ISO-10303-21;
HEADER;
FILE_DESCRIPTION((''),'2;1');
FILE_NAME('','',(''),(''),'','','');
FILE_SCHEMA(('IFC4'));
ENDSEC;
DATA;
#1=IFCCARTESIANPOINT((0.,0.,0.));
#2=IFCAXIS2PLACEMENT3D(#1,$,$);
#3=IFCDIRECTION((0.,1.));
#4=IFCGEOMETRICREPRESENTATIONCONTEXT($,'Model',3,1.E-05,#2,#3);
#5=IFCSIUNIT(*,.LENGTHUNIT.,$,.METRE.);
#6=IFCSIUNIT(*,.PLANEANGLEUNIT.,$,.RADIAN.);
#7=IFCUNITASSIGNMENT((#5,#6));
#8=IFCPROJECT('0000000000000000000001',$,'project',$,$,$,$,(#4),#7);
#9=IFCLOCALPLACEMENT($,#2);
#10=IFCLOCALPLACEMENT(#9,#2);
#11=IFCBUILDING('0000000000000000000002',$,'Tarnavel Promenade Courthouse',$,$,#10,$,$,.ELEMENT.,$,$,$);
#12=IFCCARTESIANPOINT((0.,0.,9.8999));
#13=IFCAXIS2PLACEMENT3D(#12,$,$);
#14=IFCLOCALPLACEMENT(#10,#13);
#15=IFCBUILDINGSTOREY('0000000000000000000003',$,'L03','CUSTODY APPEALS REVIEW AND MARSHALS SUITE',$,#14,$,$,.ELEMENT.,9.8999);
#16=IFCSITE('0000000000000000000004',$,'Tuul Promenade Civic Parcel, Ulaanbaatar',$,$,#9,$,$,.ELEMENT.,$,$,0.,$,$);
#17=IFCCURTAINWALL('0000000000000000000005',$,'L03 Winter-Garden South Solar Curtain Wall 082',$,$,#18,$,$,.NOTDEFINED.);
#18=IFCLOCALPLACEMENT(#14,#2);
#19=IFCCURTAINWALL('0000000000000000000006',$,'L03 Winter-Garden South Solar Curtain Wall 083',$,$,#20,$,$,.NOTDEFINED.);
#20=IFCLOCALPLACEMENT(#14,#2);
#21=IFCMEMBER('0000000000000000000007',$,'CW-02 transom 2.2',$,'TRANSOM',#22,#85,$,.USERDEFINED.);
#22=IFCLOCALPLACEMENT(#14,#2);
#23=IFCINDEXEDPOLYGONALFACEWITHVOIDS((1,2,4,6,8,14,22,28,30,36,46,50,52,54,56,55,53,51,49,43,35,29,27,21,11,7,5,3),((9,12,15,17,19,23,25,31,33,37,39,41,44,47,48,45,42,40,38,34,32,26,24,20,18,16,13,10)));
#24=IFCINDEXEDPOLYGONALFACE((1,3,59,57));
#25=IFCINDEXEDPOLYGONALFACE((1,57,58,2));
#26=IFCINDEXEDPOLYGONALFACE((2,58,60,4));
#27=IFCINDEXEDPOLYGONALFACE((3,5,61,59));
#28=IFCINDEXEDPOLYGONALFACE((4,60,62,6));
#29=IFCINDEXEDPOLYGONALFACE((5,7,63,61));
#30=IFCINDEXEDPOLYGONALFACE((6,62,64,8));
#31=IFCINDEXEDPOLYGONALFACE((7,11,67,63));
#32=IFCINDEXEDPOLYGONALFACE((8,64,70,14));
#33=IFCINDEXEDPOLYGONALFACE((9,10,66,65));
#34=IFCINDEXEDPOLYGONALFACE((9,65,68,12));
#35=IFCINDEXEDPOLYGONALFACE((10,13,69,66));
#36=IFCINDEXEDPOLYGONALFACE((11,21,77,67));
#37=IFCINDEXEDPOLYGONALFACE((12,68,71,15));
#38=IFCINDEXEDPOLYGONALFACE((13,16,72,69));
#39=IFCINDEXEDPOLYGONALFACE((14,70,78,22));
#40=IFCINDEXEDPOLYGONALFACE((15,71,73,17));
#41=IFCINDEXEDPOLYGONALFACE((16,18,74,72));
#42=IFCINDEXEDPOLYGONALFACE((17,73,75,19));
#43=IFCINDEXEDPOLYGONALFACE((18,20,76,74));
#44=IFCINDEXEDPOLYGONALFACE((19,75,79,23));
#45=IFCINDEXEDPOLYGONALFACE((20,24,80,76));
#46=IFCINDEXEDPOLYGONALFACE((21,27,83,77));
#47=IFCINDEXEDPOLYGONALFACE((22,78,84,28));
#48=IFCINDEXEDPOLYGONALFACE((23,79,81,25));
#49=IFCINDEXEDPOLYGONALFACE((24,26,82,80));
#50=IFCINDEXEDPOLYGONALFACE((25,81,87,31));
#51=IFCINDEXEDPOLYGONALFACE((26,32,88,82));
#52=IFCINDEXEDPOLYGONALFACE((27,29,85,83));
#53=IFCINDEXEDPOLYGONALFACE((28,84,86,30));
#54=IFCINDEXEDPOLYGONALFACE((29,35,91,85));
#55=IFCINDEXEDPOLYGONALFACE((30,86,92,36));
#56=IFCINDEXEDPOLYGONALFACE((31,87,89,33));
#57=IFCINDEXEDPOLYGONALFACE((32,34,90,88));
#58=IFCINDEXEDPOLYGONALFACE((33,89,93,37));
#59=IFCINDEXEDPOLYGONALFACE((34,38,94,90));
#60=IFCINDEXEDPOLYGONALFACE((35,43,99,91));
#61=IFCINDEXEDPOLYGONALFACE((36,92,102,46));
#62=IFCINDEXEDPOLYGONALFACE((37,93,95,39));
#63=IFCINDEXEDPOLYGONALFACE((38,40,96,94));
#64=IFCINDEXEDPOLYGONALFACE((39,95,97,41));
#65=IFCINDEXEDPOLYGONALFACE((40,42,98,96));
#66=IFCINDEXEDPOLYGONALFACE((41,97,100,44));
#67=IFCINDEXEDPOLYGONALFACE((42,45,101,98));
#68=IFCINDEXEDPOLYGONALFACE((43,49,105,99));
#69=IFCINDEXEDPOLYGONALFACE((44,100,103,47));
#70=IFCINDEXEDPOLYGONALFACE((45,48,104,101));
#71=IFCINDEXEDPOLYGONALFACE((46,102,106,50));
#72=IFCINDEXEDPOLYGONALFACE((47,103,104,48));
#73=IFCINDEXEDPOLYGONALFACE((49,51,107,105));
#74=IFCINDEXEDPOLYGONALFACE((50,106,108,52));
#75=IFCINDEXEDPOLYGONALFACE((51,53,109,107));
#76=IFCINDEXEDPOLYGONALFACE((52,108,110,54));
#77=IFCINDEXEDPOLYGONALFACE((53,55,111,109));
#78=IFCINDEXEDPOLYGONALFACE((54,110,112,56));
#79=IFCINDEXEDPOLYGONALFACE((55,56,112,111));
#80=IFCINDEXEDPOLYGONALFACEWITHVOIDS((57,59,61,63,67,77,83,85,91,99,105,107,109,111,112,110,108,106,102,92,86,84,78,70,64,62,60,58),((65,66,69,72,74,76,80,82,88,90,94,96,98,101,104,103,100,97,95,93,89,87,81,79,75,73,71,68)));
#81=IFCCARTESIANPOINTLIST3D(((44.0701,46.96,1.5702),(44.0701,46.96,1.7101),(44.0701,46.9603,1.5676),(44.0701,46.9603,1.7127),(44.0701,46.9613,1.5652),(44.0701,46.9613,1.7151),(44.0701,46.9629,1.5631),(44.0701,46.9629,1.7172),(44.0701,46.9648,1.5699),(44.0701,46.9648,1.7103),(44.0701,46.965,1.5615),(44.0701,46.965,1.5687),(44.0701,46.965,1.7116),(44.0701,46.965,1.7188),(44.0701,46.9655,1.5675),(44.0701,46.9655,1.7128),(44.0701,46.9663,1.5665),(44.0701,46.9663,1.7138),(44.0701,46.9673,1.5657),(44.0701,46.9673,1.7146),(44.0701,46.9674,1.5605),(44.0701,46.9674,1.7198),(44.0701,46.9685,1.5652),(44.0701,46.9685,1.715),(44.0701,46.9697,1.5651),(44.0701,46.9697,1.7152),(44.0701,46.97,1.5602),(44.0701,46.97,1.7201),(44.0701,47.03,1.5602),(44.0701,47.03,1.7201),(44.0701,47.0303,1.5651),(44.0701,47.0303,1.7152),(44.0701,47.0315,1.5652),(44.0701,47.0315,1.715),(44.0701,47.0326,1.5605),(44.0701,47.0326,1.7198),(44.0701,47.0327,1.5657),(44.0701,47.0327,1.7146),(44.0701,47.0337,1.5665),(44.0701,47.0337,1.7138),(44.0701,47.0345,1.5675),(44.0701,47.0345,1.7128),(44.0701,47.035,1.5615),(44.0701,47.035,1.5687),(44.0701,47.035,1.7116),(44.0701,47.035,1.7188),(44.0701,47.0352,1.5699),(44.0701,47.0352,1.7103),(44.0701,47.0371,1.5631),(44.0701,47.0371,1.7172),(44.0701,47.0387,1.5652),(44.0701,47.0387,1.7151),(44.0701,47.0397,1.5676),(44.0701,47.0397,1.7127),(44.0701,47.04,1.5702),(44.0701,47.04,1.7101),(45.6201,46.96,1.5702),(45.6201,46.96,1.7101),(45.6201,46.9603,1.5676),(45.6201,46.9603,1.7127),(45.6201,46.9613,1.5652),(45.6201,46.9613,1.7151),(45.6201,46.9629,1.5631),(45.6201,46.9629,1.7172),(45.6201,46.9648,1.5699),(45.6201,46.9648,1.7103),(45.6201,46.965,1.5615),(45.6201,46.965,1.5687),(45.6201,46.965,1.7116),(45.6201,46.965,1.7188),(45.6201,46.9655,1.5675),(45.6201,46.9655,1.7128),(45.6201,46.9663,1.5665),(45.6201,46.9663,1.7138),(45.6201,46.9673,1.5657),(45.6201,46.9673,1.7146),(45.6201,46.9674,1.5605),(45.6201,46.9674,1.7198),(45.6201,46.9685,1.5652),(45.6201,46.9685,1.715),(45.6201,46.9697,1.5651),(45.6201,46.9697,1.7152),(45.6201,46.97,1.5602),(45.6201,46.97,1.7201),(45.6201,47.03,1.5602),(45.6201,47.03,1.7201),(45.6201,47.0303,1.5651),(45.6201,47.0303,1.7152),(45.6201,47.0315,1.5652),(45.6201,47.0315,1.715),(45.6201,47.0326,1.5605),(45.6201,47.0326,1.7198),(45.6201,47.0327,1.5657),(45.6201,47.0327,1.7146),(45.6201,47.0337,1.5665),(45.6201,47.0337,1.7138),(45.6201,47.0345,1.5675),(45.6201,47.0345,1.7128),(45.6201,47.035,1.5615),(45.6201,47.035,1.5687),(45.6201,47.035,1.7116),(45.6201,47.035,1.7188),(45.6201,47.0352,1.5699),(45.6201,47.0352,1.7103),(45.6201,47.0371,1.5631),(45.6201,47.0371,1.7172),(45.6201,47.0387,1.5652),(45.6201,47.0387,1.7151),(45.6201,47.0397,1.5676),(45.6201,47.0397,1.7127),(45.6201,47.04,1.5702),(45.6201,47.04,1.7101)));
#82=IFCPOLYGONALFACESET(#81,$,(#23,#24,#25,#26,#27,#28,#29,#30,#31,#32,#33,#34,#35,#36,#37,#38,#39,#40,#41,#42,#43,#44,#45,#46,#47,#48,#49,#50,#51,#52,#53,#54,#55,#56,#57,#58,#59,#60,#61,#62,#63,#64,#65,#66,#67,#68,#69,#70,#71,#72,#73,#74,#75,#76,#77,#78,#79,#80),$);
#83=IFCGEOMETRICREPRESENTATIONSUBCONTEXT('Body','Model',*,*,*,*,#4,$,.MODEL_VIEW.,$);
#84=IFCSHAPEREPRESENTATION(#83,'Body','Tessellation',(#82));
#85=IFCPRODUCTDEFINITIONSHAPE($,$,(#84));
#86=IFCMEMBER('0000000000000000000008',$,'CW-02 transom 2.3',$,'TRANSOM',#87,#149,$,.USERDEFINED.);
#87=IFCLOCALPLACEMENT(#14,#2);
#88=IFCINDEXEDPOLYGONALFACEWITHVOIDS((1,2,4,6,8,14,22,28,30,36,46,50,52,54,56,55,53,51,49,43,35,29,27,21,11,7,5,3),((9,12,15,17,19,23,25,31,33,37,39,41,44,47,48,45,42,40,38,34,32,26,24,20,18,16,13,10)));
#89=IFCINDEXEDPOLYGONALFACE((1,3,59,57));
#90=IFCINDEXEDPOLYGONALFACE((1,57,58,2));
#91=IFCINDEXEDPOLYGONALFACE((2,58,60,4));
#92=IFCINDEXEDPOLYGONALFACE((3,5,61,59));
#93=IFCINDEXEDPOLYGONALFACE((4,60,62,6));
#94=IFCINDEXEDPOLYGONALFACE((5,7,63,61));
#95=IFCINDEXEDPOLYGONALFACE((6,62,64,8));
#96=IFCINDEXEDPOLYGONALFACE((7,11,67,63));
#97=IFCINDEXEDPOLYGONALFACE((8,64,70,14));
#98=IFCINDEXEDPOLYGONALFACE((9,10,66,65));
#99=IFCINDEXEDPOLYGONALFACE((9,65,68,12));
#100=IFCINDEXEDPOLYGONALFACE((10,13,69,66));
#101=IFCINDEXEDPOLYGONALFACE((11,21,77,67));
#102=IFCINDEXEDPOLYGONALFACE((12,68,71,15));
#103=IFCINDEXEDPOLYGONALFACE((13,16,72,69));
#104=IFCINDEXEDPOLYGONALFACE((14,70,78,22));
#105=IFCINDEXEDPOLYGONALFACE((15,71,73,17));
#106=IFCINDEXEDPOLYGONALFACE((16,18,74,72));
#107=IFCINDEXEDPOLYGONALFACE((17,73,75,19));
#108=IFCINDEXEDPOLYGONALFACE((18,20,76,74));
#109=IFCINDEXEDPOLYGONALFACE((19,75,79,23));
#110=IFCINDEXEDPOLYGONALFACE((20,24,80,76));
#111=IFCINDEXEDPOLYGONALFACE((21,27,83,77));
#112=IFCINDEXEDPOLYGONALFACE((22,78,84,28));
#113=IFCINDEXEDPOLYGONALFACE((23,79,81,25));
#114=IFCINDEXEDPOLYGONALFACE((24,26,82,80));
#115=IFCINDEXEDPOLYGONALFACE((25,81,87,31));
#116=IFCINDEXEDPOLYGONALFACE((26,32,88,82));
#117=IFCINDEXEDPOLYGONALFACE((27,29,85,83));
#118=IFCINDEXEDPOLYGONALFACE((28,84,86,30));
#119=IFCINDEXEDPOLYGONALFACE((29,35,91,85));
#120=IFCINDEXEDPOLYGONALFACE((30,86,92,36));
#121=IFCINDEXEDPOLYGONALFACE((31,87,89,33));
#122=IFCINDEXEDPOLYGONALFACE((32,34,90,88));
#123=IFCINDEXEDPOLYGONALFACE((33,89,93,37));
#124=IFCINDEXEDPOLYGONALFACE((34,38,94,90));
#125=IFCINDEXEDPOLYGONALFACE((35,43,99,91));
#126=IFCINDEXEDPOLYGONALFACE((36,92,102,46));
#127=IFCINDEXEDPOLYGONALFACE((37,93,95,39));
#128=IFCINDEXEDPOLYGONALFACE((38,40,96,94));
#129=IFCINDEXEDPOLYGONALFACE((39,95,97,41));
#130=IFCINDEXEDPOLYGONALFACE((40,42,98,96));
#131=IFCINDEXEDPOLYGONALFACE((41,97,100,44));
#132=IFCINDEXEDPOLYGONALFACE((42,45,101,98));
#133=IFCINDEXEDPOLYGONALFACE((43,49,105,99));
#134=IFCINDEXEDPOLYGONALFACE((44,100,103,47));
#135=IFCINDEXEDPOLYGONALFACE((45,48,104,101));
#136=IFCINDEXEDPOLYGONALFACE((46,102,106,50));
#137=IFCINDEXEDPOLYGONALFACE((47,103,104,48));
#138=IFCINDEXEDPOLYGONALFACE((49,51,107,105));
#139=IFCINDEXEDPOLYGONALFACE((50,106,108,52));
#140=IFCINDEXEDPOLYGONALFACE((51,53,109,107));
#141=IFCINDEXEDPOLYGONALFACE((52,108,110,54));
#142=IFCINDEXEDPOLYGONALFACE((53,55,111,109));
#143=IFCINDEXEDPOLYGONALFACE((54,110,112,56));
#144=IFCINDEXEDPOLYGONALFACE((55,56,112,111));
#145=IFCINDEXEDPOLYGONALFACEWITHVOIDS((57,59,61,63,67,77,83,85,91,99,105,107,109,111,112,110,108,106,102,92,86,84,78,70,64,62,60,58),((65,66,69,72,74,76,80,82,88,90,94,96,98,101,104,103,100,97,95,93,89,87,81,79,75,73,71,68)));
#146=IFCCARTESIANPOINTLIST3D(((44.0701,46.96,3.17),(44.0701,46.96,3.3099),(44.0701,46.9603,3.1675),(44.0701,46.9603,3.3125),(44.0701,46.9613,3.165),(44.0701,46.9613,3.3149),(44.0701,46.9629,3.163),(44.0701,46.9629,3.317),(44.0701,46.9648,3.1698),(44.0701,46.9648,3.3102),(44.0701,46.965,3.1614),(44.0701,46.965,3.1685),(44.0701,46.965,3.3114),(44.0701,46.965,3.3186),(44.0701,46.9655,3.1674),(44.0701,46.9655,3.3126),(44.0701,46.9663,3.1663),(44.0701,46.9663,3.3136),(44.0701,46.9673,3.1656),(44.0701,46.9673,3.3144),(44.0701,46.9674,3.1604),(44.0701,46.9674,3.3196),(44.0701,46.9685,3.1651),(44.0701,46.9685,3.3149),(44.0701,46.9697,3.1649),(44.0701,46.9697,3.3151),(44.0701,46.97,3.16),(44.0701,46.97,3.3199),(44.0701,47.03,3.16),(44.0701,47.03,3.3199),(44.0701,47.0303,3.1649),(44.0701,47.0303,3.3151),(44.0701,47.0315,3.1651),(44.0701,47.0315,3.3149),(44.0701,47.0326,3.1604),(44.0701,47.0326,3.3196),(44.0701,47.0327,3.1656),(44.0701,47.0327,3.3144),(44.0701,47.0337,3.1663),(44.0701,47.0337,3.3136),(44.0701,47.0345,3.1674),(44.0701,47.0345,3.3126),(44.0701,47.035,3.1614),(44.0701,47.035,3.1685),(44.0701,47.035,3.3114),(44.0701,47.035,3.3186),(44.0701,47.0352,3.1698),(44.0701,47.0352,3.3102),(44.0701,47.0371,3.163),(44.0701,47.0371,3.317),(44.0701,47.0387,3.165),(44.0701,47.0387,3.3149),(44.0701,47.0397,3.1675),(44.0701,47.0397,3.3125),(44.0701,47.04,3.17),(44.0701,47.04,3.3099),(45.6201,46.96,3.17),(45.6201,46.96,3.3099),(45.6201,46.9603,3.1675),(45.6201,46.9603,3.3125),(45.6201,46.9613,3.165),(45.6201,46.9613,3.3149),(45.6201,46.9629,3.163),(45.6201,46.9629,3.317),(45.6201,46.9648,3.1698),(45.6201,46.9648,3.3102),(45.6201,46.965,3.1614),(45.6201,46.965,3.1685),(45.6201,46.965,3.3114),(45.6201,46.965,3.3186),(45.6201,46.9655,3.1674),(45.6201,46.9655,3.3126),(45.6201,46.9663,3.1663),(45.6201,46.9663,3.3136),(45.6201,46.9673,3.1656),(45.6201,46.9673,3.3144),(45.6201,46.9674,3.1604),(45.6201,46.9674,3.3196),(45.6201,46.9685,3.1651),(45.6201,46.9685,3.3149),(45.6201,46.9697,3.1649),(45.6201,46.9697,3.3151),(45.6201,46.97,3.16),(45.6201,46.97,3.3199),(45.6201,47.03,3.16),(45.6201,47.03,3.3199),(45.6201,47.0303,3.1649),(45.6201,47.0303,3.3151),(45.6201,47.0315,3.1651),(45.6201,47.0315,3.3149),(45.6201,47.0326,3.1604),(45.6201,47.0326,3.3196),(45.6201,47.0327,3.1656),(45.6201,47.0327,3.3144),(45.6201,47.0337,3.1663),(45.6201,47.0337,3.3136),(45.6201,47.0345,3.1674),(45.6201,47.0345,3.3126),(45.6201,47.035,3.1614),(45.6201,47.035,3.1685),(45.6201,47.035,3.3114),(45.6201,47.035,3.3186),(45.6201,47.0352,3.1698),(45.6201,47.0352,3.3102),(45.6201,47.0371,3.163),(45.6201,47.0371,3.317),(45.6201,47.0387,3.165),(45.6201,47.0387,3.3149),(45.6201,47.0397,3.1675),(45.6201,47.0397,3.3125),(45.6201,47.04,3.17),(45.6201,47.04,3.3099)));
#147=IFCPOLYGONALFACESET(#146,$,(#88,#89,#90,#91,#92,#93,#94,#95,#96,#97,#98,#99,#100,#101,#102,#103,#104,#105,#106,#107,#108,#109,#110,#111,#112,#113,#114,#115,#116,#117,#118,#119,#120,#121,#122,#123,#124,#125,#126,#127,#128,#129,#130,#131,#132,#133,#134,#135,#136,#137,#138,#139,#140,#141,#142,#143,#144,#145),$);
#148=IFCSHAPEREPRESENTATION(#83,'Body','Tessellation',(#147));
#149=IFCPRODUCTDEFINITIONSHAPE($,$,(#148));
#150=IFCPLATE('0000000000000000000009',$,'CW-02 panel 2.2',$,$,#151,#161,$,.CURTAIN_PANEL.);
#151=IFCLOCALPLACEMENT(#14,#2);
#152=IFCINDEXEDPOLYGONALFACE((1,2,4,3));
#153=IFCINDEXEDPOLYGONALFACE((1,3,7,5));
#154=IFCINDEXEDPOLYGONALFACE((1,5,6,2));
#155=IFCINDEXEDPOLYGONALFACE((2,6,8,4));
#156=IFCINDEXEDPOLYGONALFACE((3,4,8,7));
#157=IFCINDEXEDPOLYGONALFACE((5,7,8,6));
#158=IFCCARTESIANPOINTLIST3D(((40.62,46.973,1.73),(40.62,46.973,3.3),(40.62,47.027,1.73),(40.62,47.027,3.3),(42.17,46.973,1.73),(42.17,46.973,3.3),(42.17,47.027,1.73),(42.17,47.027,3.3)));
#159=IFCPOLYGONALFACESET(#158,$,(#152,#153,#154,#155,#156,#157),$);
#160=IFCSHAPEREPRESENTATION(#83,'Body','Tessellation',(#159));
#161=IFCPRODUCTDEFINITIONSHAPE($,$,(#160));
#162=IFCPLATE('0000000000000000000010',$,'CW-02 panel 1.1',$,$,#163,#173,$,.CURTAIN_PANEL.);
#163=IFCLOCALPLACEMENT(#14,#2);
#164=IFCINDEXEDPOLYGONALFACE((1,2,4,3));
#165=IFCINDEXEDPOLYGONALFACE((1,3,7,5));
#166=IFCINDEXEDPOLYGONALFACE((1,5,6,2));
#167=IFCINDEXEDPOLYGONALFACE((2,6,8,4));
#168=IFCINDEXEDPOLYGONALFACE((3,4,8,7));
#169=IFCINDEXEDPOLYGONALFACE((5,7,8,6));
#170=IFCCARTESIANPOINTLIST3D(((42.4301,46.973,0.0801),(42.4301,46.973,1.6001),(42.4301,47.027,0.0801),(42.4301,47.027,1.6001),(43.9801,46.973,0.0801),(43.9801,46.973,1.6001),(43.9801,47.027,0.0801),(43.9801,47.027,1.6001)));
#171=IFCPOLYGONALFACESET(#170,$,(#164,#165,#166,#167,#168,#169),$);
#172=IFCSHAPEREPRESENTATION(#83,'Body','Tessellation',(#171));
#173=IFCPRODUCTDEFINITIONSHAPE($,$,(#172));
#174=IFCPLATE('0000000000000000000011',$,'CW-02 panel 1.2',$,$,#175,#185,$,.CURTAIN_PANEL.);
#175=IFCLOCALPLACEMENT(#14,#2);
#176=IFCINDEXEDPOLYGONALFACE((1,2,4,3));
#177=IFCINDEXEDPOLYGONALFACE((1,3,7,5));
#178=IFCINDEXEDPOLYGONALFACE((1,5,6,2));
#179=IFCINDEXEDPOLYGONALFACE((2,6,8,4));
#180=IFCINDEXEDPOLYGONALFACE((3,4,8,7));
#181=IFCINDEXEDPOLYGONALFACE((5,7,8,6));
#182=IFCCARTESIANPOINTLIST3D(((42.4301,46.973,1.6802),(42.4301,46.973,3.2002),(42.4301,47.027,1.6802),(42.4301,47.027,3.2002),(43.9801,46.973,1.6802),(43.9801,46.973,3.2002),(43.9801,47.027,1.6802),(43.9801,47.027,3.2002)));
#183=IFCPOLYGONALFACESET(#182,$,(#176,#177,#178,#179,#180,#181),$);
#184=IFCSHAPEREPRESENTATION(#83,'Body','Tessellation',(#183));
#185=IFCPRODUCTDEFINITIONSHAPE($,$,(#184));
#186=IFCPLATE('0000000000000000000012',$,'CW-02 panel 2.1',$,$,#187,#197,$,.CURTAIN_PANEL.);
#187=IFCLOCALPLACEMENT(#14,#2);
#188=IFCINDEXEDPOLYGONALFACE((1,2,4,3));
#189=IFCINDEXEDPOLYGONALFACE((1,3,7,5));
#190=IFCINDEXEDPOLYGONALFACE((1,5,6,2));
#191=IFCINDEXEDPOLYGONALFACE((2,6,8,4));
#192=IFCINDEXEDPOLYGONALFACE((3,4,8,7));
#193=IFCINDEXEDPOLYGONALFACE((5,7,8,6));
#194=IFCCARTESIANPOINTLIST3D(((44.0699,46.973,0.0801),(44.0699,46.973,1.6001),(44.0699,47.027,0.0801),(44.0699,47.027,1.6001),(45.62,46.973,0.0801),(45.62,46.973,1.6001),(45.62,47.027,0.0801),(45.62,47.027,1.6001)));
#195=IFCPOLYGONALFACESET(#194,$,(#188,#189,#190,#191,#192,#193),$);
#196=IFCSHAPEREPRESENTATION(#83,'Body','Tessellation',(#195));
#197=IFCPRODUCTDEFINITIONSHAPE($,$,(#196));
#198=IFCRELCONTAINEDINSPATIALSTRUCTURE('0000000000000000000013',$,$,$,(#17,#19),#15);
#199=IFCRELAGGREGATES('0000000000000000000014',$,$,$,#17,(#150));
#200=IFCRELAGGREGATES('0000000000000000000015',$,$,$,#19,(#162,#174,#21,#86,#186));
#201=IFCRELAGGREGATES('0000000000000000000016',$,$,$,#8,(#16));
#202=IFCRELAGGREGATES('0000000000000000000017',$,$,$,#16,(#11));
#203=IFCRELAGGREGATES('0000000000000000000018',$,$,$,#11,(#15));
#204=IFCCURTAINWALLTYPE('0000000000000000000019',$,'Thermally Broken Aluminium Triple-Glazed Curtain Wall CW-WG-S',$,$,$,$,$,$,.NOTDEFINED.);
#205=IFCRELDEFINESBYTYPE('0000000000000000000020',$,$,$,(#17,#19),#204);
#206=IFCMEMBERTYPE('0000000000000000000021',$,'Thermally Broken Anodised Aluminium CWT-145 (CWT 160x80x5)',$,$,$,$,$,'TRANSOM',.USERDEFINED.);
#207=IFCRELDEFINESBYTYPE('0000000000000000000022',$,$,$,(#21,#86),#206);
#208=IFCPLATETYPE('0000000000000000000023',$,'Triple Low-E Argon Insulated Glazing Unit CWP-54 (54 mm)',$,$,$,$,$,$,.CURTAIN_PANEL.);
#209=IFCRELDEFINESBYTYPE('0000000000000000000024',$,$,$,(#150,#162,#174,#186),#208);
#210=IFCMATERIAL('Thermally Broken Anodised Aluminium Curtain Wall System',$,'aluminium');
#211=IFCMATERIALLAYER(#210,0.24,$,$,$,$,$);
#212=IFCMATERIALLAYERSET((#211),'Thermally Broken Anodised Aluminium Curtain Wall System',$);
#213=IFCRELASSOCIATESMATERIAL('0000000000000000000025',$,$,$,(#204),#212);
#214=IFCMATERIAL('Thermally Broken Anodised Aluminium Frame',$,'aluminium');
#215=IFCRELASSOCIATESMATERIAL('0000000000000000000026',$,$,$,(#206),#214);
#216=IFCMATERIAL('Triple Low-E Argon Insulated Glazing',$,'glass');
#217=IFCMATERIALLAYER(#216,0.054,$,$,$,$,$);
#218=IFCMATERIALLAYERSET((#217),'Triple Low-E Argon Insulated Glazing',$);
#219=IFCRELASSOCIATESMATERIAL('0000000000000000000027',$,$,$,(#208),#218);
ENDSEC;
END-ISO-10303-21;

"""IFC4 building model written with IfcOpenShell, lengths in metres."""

from ifc_helpers import new_model, si_unit, direction, frame, origin, origin_2d, place, context, subcontext, project, spatial, rectangle, hollow_rectangle, extrude, material, layer, layer_set, material_profile, profile_set, type_object, element, aggregate, save


model = new_model("IFC4")

# Units and contexts
model_context = context("Model", 3, precision=1e-05, world=origin(), true_north=direction((0.0, 1.0)))
body_context = subcontext(model_context, "Body", "Model", "MODEL_VIEW")
ifc_project = project(units=[si_unit("LENGTHUNIT", "METRE"), si_unit("PLANEANGLEUNIT", "RADIAN")], contexts=[model_context])

# Site, building, storey
site_placement = place(None, origin())
site = spatial("IfcSite", under=ifc_project, at=site_placement, Name="Tuul Promenade Civic Parcel, Ulaanbaatar", CompositionType="ELEMENT", RefElevation=0.0)
building_placement = place(site_placement, origin())
building = spatial("IfcBuilding", under=site, at=building_placement, Name="Tarnavel Promenade Courthouse", CompositionType="ELEMENT")
storey_placement = place(building_placement, frame((0.0, 0.0, 9.8999)))
storey = spatial("IfcBuildingStorey", under=building, at=storey_placement, Name="L03", Description="CUSTODY APPEALS REVIEW AND MARSHALS SUITE", CompositionType="ELEMENT", Elevation=9.8999)

# Curtain wall
ifc_material_1 = material(Name="Thermally Broken Anodised Aluminium Curtain Wall System", Category="aluminium")
ifc_layer_1 = layer(ifc_material_1, 0.24)
ifc_layer_set_1 = layer_set([ifc_layer_1], Name="Thermally Broken Anodised Aluminium Curtain Wall System")
curtain_wall_type = type_object("IfcCurtainWallType", Name="Thermally Broken Aluminium Triple-Glazed Curtain Wall CW-WG-S", PredefinedType="NOTDEFINED", material=ifc_layer_set_1)
curtain_wall_1_placement = place(storey_placement, origin())
curtain_wall_1 = element("IfcCurtainWall", 1, at=curtain_wall_1_placement, inside=storey, type_object=curtain_wall_type, Name="L03 Winter-Garden South Solar Curtain Wall 082", PredefinedType="NOTDEFINED")
ifc_material_2 = material(Name="Thermally Broken Anodised Aluminium Frame", Category="aluminium")

# Curtain wall, members
curtain_wall_2_placement = place(storey_placement, origin())
curtain_wall_2 = element("IfcCurtainWall", 2, at=curtain_wall_2_placement, inside=storey, type_object=curtain_wall_type, Name="L03 Winter-Garden South Solar Curtain Wall 083", PredefinedType="NOTDEFINED")
ifc_material_profile_1 = material_profile(ifc_material_2, hollow_rectangle(XDim=0.0801, YDim=0.1599, WallThickness=0.0049, InnerFilletRadius=0.0049, OuterFilletRadius=0.01, at=origin_2d()), Name="CWT 160x80x5")
ifc_profile_set_1 = profile_set([ifc_material_profile_1], Name="Thermally Broken Anodised Aluminium Frame")
member_type_1 = type_object("IfcMemberType", Name="Thermally Broken Anodised Aluminium CWT-145 (CWT 160x80x5)", ElementType="TRANSOM", PredefinedType="USERDEFINED", material=ifc_profile_set_1)
member_1_placement = place(storey_placement, frame((44.0701, 47.0, 1.6401), z_axis=(1.0, 0.0, 0.0), x_axis=(0.0, 1.0, 0.0)))
member_1 = element("IfcMember", 3, at=member_1_placement, type_object=member_type_1, Name="CW-02 transom 2.2", ObjectType="TRANSOM", PredefinedType="USERDEFINED", context=body_context, shape_type="SweptSolid", body=[
    extrude(hollow_rectangle(XDim=0.0801, YDim=0.1599, WallThickness=0.0049, InnerFilletRadius=0.0049, OuterFilletRadius=0.01, at=origin_2d()), origin(), (0.0, 0.0, 1.0), 1.55),
])
member_2_placement = place(storey_placement, frame((44.0701, 47.0, 3.24), z_axis=(1.0, 0.0, 0.0), x_axis=(0.0, 1.0, 0.0)))
member_2 = element("IfcMember", 4, at=member_2_placement, type_object=member_type_1, Name="CW-02 transom 2.3", ObjectType="TRANSOM", PredefinedType="USERDEFINED", context=body_context, shape_type="SweptSolid", body=[
    extrude(hollow_rectangle(XDim=0.0801, YDim=0.1599, WallThickness=0.0049, InnerFilletRadius=0.0049, OuterFilletRadius=0.01, at=origin_2d()), origin(), (0.0, 0.0, 1.0), 1.55),
])

# Plates
ifc_material_3 = material(Name="Triple Low-E Argon Insulated Glazing", Category="glass")
ifc_layer_2 = layer(ifc_material_3, 0.054)
ifc_layer_set_2 = layer_set([ifc_layer_2], Name="Triple Low-E Argon Insulated Glazing")
plate_type = type_object("IfcPlateType", Name="Triple Low-E Argon Insulated Glazing Unit CWP-54 (54 mm)", PredefinedType="CURTAIN_PANEL", material=ifc_layer_set_2)
plate_1_placement = place(storey_placement, frame((41.395, 47.0, 1.73), z_axis=(0.0, 0.0, 1.0), x_axis=(1.0, 0.0, 0.0)))
plate_1 = element("IfcPlate", 5, at=plate_1_placement, type_object=plate_type, Name="CW-02 panel 2.2", PredefinedType="CURTAIN_PANEL", context=body_context, shape_type="SweptSolid", body=[
    extrude(rectangle(XDim=1.55, YDim=0.054, at=origin_2d()), origin(), (0.0, 0.0, 1.0), 1.5701),
])
aggregate(curtain_wall_1, [plate_1])
plate_2_placement = place(storey_placement, frame((43.2051, 47.0, 0.0801), z_axis=(0.0, 0.0, 1.0), x_axis=(1.0, 0.0, 0.0)))
plate_2 = element("IfcPlate", 6, at=plate_2_placement, type_object=plate_type, Name="CW-02 panel 1.1", PredefinedType="CURTAIN_PANEL", context=body_context, shape_type="SweptSolid", body=[
    extrude(rectangle(XDim=1.55, YDim=0.054, at=origin_2d()), origin(), (0.0, 0.0, 1.0), 1.52),
])
plate_3_placement = place(storey_placement, frame((43.2051, 47.0, 1.6802), z_axis=(0.0, 0.0, 1.0), x_axis=(1.0, 0.0, 0.0)))
plate_3 = element("IfcPlate", 7, at=plate_3_placement, type_object=plate_type, Name="CW-02 panel 1.2", PredefinedType="CURTAIN_PANEL", context=body_context, shape_type="SweptSolid", body=[
    extrude(rectangle(XDim=1.55, YDim=0.054, at=origin_2d()), origin(), (0.0, 0.0, 1.0), 1.52),
])
plate_4_placement = place(storey_placement, frame((44.845, 47.0, 0.0801), z_axis=(0.0, 0.0, 1.0), x_axis=(1.0, 0.0, 0.0)))
plate_4 = element("IfcPlate", 8, at=plate_4_placement, type_object=plate_type, Name="CW-02 panel 2.1", PredefinedType="CURTAIN_PANEL", context=body_context, shape_type="SweptSolid", body=[
    extrude(rectangle(XDim=1.55, YDim=0.054, at=origin_2d()), origin(), (0.0, 0.0, 1.0), 1.52),
])
aggregate(curtain_wall_2, [plate_2, plate_3, member_1, member_2, plate_4])

save(model, "model.ifc")
